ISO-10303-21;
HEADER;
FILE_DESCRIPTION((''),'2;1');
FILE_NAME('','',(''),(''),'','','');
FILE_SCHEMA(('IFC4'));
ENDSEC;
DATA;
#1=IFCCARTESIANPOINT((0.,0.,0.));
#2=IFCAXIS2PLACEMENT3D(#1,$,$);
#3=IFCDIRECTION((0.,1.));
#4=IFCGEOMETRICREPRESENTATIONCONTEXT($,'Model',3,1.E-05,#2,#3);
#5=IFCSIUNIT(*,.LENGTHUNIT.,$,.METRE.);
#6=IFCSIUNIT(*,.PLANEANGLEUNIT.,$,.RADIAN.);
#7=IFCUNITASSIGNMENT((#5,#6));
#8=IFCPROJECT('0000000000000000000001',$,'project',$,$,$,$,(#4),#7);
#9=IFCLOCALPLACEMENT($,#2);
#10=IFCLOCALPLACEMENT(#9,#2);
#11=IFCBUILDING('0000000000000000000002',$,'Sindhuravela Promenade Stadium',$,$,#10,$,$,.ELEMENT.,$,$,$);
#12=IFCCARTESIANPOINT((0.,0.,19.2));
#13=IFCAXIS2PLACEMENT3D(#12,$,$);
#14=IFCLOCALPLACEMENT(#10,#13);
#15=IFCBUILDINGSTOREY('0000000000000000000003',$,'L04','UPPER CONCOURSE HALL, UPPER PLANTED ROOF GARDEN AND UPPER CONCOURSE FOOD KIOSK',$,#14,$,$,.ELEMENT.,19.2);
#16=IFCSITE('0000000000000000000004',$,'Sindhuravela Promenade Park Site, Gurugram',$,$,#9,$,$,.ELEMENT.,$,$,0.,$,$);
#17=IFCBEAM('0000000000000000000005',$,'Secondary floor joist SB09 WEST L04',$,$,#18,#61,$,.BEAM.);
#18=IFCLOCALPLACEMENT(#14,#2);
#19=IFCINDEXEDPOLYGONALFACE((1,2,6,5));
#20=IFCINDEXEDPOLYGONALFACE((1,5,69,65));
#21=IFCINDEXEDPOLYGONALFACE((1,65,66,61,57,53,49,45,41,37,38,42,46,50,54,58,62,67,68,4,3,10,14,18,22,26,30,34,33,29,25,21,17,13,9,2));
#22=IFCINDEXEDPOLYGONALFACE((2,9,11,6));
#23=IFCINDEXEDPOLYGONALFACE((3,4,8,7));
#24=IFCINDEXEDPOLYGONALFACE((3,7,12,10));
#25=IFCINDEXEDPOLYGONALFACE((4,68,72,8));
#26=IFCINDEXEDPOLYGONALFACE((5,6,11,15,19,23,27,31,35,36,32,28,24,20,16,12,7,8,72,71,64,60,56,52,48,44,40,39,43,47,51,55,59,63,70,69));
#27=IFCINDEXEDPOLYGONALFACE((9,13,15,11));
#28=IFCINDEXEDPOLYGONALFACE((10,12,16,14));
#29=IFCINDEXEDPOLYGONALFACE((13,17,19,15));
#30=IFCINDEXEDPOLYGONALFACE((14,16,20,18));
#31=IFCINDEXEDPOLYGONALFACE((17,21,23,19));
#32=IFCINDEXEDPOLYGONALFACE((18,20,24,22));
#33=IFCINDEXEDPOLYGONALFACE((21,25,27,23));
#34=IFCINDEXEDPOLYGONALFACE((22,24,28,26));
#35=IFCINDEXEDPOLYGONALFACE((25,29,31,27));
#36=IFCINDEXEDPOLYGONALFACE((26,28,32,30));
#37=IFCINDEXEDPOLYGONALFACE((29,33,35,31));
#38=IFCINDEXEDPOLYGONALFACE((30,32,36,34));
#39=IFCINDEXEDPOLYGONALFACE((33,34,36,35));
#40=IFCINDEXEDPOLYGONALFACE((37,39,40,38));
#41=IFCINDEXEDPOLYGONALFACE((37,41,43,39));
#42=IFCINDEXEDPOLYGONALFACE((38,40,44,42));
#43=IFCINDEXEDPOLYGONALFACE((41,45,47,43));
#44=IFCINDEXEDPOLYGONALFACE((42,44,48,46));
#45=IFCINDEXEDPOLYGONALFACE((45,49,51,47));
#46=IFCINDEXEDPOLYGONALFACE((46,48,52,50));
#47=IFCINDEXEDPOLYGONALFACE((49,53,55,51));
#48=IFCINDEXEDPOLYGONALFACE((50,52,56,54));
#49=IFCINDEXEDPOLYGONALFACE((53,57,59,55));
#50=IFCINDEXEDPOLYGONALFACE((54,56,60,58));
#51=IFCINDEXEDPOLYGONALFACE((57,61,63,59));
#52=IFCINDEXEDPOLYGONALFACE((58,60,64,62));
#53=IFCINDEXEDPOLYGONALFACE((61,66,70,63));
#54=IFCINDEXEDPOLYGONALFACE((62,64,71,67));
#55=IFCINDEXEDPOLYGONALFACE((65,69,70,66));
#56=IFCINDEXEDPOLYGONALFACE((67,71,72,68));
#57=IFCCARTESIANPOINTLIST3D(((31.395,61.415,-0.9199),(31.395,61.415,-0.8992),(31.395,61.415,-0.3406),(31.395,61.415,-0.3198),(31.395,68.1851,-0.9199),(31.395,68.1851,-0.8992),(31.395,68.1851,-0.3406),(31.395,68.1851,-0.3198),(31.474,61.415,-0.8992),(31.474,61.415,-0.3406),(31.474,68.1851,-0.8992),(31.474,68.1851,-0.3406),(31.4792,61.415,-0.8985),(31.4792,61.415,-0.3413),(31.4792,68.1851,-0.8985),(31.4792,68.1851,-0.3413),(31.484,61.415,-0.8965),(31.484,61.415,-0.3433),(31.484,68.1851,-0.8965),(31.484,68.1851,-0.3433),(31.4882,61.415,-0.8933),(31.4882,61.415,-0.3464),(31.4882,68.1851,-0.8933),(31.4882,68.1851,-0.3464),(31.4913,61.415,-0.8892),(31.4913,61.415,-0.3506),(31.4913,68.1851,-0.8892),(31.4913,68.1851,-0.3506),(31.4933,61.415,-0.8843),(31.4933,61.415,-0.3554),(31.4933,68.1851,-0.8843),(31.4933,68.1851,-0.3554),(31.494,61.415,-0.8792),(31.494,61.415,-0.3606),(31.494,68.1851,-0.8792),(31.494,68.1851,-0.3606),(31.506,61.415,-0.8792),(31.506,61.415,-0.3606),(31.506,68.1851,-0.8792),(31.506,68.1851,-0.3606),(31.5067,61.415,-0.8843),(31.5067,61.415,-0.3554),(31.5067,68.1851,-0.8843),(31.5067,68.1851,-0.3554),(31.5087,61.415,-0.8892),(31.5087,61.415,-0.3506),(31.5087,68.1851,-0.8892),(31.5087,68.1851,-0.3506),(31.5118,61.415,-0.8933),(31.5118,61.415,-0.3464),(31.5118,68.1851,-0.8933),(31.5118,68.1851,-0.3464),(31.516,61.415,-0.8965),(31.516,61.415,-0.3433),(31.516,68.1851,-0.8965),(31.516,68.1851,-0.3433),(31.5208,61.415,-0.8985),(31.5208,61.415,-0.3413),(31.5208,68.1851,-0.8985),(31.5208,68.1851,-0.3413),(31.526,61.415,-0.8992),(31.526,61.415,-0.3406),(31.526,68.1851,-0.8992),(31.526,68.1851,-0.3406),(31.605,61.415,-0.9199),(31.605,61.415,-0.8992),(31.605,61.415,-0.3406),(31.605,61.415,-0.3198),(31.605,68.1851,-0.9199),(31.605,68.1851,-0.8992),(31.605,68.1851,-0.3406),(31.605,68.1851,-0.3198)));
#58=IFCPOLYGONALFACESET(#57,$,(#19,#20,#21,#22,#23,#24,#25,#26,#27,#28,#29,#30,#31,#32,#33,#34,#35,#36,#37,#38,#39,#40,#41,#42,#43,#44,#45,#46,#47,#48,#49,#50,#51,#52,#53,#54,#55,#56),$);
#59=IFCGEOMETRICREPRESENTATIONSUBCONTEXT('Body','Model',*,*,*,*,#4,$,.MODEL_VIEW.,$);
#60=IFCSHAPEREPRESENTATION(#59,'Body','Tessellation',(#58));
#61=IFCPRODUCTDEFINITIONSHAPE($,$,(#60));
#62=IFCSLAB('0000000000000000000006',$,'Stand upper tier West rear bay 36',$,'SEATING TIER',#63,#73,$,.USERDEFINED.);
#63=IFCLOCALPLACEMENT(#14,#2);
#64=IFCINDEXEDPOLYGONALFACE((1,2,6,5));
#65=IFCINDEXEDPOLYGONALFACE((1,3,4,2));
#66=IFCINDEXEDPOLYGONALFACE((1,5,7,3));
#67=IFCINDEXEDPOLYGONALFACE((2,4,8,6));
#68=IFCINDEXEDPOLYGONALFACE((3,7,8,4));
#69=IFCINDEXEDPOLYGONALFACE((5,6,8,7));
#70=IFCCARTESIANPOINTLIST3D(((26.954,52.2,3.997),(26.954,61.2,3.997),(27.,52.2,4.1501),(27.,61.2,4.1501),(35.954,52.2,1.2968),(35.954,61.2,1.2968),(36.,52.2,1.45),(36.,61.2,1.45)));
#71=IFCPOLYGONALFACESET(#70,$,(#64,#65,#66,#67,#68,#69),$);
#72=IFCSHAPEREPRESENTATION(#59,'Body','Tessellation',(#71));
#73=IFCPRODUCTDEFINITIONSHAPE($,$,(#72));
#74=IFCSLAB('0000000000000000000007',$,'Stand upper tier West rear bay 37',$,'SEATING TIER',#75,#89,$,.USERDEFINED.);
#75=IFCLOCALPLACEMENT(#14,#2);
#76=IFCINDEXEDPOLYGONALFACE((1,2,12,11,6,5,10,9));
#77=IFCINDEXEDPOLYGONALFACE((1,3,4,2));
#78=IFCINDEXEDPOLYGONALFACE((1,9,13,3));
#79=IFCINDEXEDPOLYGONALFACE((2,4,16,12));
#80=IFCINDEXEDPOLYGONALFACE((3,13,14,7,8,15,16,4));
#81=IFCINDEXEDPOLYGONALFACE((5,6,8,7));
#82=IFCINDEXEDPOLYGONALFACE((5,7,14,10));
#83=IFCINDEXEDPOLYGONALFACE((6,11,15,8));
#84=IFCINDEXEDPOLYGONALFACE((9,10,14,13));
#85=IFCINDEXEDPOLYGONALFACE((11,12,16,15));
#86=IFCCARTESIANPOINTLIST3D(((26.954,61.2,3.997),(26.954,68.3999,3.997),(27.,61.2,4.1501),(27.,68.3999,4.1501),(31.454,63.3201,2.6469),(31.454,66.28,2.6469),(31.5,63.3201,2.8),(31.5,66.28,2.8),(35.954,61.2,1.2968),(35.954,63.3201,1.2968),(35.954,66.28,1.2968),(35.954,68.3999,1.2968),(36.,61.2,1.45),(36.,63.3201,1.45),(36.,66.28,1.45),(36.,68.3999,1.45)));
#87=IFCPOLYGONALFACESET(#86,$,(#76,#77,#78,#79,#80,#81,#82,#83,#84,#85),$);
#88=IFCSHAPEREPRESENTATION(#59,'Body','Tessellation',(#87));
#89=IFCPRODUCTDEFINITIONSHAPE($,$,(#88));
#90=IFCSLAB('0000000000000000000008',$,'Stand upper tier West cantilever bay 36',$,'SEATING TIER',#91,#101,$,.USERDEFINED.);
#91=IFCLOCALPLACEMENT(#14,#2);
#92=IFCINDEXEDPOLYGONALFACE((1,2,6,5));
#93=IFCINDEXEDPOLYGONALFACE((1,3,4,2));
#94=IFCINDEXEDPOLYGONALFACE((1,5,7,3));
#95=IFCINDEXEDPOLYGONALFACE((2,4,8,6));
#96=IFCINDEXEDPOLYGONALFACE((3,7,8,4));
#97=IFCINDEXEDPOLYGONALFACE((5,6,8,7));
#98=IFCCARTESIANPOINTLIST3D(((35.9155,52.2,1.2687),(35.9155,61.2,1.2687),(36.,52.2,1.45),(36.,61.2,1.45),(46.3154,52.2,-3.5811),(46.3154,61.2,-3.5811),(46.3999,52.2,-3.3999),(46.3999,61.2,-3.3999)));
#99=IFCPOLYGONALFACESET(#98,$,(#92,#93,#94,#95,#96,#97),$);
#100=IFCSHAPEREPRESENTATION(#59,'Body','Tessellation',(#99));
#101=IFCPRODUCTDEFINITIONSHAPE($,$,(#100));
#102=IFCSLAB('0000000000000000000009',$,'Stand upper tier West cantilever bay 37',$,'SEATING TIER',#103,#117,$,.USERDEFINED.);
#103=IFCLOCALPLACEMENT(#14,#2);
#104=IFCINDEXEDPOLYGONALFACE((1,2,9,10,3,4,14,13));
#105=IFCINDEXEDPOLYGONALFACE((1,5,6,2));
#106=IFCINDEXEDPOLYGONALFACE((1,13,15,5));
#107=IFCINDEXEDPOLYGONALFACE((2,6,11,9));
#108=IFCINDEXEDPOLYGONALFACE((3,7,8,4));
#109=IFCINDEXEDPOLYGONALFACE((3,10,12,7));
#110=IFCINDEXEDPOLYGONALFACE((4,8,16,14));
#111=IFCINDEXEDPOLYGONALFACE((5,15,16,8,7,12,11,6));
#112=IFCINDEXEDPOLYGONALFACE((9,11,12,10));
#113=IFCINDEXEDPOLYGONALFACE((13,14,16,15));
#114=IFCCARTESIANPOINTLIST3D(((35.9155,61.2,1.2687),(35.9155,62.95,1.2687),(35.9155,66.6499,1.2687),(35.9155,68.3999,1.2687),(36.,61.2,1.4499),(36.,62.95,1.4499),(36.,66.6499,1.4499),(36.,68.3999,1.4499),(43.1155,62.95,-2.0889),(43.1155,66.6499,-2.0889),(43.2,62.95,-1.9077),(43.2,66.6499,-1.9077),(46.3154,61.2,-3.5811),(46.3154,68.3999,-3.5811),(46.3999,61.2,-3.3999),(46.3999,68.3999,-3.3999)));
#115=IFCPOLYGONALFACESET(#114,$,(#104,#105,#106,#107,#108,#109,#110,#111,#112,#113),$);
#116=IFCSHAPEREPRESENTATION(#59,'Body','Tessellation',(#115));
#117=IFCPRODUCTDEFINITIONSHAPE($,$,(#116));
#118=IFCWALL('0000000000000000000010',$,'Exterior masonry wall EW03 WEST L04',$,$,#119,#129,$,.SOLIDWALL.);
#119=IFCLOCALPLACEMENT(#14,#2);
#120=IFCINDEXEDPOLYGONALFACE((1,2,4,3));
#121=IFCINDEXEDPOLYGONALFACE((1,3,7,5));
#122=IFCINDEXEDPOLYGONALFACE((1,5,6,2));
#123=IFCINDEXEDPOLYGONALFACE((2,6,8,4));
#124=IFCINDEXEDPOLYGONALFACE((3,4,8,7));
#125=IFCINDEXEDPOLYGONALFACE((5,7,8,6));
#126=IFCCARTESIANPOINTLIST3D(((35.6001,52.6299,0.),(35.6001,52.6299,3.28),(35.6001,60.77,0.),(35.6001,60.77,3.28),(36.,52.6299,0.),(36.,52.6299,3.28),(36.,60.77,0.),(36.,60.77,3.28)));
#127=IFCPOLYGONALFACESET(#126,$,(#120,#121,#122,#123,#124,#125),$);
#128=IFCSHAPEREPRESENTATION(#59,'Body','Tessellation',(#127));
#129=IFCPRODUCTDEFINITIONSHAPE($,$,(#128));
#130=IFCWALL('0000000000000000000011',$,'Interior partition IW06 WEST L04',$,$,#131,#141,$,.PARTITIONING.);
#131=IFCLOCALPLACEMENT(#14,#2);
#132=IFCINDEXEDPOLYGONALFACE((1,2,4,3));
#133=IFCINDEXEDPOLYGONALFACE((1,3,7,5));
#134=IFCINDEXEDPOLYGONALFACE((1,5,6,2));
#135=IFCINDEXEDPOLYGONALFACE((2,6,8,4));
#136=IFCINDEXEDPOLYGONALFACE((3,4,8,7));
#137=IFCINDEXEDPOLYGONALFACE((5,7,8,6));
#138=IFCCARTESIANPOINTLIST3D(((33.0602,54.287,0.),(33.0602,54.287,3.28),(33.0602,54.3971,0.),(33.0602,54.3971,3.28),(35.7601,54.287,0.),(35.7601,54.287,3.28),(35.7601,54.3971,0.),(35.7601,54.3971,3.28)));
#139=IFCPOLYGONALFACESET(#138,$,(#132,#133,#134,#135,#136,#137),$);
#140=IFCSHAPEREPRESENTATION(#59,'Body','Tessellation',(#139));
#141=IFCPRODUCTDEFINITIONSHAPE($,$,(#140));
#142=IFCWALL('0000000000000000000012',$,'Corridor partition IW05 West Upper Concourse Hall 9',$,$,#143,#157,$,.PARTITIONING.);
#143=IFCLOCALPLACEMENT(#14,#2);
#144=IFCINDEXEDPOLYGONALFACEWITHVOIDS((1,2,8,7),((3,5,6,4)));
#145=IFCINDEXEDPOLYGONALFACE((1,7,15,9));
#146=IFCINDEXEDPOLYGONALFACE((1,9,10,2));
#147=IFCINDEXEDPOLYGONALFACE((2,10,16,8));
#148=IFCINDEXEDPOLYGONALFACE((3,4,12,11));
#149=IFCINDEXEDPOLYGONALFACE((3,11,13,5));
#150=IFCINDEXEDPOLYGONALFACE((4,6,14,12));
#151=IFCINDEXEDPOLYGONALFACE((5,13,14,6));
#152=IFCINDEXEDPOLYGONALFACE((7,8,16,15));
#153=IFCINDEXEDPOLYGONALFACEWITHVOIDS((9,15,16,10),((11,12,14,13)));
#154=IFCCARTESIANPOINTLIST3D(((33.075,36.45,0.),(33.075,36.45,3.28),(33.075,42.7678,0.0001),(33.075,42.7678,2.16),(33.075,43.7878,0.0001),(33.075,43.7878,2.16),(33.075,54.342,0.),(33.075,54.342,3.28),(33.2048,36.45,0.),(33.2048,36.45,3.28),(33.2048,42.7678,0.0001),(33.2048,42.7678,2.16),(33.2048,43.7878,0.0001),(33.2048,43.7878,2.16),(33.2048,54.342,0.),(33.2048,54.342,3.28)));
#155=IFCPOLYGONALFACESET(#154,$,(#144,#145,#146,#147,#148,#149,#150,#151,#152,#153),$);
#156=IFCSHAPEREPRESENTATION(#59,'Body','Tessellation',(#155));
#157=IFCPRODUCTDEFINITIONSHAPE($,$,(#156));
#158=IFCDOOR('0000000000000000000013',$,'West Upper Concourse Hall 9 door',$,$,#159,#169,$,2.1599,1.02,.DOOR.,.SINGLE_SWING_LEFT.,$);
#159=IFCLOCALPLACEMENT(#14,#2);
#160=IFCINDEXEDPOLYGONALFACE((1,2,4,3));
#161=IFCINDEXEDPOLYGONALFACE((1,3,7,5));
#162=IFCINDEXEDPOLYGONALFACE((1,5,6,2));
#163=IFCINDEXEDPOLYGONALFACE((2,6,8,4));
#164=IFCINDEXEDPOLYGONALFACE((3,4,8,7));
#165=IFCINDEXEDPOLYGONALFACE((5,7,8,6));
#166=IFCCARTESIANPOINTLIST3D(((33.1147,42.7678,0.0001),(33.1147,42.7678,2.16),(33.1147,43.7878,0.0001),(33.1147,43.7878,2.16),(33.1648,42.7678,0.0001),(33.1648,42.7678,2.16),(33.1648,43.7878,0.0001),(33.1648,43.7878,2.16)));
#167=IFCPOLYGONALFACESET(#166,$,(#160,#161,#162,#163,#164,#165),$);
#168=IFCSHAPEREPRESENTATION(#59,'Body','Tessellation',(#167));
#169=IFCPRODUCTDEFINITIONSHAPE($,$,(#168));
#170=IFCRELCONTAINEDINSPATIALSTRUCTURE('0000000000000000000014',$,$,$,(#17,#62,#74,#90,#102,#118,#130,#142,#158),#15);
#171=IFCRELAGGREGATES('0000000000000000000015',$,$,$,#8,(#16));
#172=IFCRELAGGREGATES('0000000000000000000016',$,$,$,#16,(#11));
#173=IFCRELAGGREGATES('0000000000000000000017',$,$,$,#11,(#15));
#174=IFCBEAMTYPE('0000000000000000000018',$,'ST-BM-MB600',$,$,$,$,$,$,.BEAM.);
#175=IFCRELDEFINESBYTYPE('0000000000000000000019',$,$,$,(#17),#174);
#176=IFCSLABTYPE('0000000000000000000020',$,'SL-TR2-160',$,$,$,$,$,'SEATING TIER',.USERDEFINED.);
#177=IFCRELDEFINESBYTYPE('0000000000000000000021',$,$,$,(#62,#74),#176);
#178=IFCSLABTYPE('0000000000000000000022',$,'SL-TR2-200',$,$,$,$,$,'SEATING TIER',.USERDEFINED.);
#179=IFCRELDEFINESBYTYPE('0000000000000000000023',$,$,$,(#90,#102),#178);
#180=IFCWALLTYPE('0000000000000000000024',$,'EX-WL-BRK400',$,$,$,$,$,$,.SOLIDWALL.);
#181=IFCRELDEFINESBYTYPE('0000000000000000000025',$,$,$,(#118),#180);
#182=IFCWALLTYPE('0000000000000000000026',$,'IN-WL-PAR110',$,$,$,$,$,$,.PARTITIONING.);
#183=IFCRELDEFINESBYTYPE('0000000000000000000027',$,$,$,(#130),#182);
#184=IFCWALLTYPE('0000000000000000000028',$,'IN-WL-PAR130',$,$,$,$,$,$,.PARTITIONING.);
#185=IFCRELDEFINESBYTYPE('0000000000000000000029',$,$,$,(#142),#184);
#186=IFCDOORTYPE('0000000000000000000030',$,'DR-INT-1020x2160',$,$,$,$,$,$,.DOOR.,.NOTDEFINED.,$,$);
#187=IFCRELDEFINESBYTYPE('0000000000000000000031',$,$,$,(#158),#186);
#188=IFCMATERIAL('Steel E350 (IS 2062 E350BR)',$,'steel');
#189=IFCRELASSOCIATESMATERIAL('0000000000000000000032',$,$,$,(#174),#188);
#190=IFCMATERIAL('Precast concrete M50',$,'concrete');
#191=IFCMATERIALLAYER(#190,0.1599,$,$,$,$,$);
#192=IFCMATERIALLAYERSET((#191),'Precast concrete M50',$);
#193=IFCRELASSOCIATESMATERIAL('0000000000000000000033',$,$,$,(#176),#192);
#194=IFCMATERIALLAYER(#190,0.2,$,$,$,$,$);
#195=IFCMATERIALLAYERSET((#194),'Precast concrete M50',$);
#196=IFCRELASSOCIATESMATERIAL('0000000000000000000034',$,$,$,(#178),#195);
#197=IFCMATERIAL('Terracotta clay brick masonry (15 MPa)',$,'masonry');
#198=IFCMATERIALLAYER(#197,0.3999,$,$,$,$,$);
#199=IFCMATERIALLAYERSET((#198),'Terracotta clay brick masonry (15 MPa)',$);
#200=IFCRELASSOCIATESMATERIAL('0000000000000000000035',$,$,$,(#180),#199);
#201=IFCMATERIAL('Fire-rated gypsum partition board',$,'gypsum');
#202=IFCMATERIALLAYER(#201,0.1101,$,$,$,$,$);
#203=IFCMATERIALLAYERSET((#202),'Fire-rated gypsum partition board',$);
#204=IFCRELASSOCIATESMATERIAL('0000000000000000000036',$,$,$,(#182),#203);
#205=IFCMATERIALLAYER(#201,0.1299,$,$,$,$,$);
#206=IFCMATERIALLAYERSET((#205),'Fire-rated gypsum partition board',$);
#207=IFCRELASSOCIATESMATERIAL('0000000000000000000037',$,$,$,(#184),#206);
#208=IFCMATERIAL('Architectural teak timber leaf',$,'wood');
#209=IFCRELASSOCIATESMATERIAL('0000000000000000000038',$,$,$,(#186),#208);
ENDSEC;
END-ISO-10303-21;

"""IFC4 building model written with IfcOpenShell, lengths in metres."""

from ifc_helpers import new_model, si_unit, direction, frame, frame_2d, origin, origin_2d, place, context, subcontext, project, spatial, polyline, rectangle, i_section, outline, extrude, material, layer, layer_set, material_profile, profile_set, type_object, element, fill, save


model = new_model("IFC4")

# Units and contexts
model_context = context("Model", 3, precision=1e-05, world=origin(), true_north=direction((0.0, 1.0)))
body_context = subcontext(model_context, "Body", "Model", "MODEL_VIEW")
ifc_project = project(units=[si_unit("LENGTHUNIT", "METRE"), si_unit("PLANEANGLEUNIT", "RADIAN")], contexts=[model_context])

# Site, building, storey
site_placement = place(None, origin())
site = spatial("IfcSite", under=ifc_project, at=site_placement, Name="Sindhuravela Promenade Park Site, Gurugram", CompositionType="ELEMENT", RefElevation=0.0)
building_placement = place(site_placement, origin())
building = spatial("IfcBuilding", under=site, at=building_placement, Name="Sindhuravela Promenade Stadium", CompositionType="ELEMENT")
storey_placement = place(building_placement, frame((0.0, 0.0, 19.2)))
storey = spatial("IfcBuildingStorey", under=building, at=storey_placement, Name="L04", Description="UPPER CONCOURSE HALL, UPPER PLANTED ROOF GARDEN AND UPPER CONCOURSE FOOD KIOSK", CompositionType="ELEMENT", Elevation=19.2)

# Beam
ifc_material_1 = material(Name="Steel E350 (IS 2062 E350BR)", Category="steel")
ifc_material_profile_1 = material_profile(ifc_material_1, i_section(OverallWidth=0.21, OverallDepth=0.6001, WebThickness=0.012, FlangeThickness=0.0208, FilletRadius=0.02, at=origin_2d()), Name="ISMB 600")
ifc_profile_set_1 = profile_set([ifc_material_profile_1], Name="Steel E350 (IS 2062 E350BR)")
beam_type_1 = type_object("IfcBeamType", Name="ST-BM-MB600", PredefinedType="BEAM", material=ifc_profile_set_1)
beam_1_placement = place(storey_placement, frame((31.5, 61.415, -0.6199), z_axis=(0.0, 1.0, 0.0), x_axis=(-1.0, 0.0, 0.0)))
element("IfcBeam", 1, at=beam_1_placement, inside=storey, type_object=beam_type_1, Name="Secondary floor joist SB09 WEST L04", PredefinedType="BEAM", context=body_context, shape_type="SweptSolid", body=[
    extrude(i_section(OverallWidth=0.21, OverallDepth=0.6001, WebThickness=0.012, FlangeThickness=0.0208, FilletRadius=0.02, at=origin_2d()), origin(), (0.0, 0.0, 1.0), 6.77),
])

# Slabs
ifc_material_2 = material(Name="Precast concrete M50", Category="concrete")
ifc_layer_1 = layer(ifc_material_2, 0.1599)
ifc_layer_set_1 = layer_set([ifc_layer_1], Name="Precast concrete M50")
slab_type_1 = type_object("IfcSlabType", Name="SL-TR2-160", ElementType="SEATING TIER", PredefinedType="USERDEFINED", material=ifc_layer_set_1)
slab_1_placement = place(storey_placement, frame((36.0, 52.2, 1.45), z_axis=(0.287367, 0.0, 0.957821), x_axis=(0.0, 1.0, 0.0)))
element("IfcSlab", 2, at=slab_1_placement, inside=storey, type_object=slab_type_1, Name="Stand upper tier West rear bay 36", ObjectType="SEATING TIER", PredefinedType="USERDEFINED", context=body_context, shape_type="SweptSolid", body=[
    extrude(outline(polyline([(0.0, 0.0), (9.0, 0.0), (9.0, 9.3963), (0.0, 9.3963), (0.0, 0.0)])), origin(), (0.0, 0.0, -1.0), 0.1599),
])
slab_2_placement = place(storey_placement, frame((36.0, 61.2, 1.45), z_axis=(0.287367, 0.0, 0.957821), x_axis=(0.0, 1.0, 0.0)))
element("IfcSlab", 3, at=slab_2_placement, inside=storey, type_object=slab_type_1, Name="Stand upper tier West rear bay 37", ObjectType="SEATING TIER", PredefinedType="USERDEFINED", context=body_context, shape_type="SweptSolid", body=[
    extrude(outline(polyline([(0.0, 0.0), (2.1201, 0.0), (2.1201, 4.6982), (5.0801, 4.6982), (5.0801, 0.0), (7.2, 0.0), (7.2, 9.3963), (0.0, 9.3963), (0.0, 0.0)])), origin(), (0.0, 0.0, -1.0), 0.1599),
])
ifc_layer_2 = layer(ifc_material_2, 0.2)
ifc_layer_set_2 = layer_set([ifc_layer_2], Name="Precast concrete M50")
slab_type_2 = type_object("IfcSlabType", Name="SL-TR2-200", ElementType="SEATING TIER", PredefinedType="USERDEFINED", material=ifc_layer_set_2)
slab_3_placement = place(storey_placement, frame((46.3999, 52.2, -3.3999), z_axis=(0.42264, 0.0, 0.906298), x_axis=(0.0, 1.0, 0.0)))
element("IfcSlab", 4, at=slab_3_placement, inside=storey, type_object=slab_type_2, Name="Stand upper tier West cantilever bay 36", ObjectType="SEATING TIER", PredefinedType="USERDEFINED", context=body_context, shape_type="SweptSolid", body=[
    extrude(outline(polyline([(0.0, 0.0), (9.0, 0.0), (9.0, 11.4751), (0.0, 11.4751), (0.0, 0.0)])), origin(), (0.0, 0.0, -1.0), 0.2),
])
slab_4_placement = place(storey_placement, frame((46.3999, 61.2, -3.3999), z_axis=(0.422636, 0.0, 0.9063), x_axis=(0.0, 1.0, 0.0)))
element("IfcSlab", 5, at=slab_4_placement, inside=storey, type_object=slab_type_2, Name="Stand upper tier West cantilever bay 37", ObjectType="SEATING TIER", PredefinedType="USERDEFINED", context=body_context, shape_type="SweptSolid", body=[
    extrude(outline(polyline([(0.0, 0.0), (7.2, 0.0), (7.2, 11.4751), (5.45, 11.4751), (5.45, 3.5308), (1.75, 3.5308), (1.75, 11.4751), (0.0, 11.4751), (0.0, 0.0)])), origin(), (0.0, 0.0, -1.0), 0.2),
])

# Walls
ifc_material_3 = material(Name="Terracotta clay brick masonry (15 MPa)", Category="masonry")
ifc_layer_3 = layer(ifc_material_3, 0.3999)
ifc_layer_set_3 = layer_set([ifc_layer_3], Name="Terracotta clay brick masonry (15 MPa)")
wall_type_1 = type_object("IfcWallType", Name="EX-WL-BRK400", PredefinedType="SOLIDWALL", material=ifc_layer_set_3)
wall_1_placement = place(storey_placement, frame((35.8, 60.77, 0.0), z_axis=(0.0, 0.0, 1.0), x_axis=(0.0, -1.0, 0.0)))
element("IfcWall", 6, at=wall_1_placement, inside=storey, type_object=wall_type_1, Name="Exterior masonry wall EW03 WEST L04", PredefinedType="SOLIDWALL", context=body_context, shape_type="SweptSolid", body=[
    extrude(rectangle(XDim=8.1401, YDim=0.3999, at=frame_2d((4.0701, 0.0))), origin(), (0.0, 0.0, 1.0), 3.28),
])
ifc_material_4 = material(Name="Fire-rated gypsum partition board", Category="gypsum")
ifc_layer_4 = layer(ifc_material_4, 0.1101)
ifc_layer_set_4 = layer_set([ifc_layer_4], Name="Fire-rated gypsum partition board")
wall_type_2 = type_object("IfcWallType", Name="IN-WL-PAR110", PredefinedType="PARTITIONING", material=ifc_layer_set_4)
wall_2_placement = place(storey_placement, frame((33.0601, 54.342, 0.0), z_axis=(0.0, 0.0, 1.0), x_axis=(1.0, 0.0, 0.0)))
element("IfcWall", 7, at=wall_2_placement, inside=storey, type_object=wall_type_2, Name="Interior partition IW06 WEST L04", PredefinedType="PARTITIONING", context=body_context, shape_type="SweptSolid", body=[
    extrude(rectangle(XDim=2.7, YDim=0.1101, at=frame_2d((1.3501, 0.0))), origin(), (0.0, 0.0, 1.0), 3.28),
])

# Wall, opening, door
ifc_layer_5 = layer(ifc_material_4, 0.1299)
ifc_layer_set_5 = layer_set([ifc_layer_5], Name="Fire-rated gypsum partition board")
wall_type_3 = type_object("IfcWallType", Name="IN-WL-PAR130", PredefinedType="PARTITIONING", material=ifc_layer_set_5)
wall_3_placement = place(storey_placement, frame((33.1399, 54.342, 0.0), z_axis=(0.0, 0.0, 1.0), x_axis=(0.0, -1.0, 0.0)))
wall_3 = element("IfcWall", 8, at=wall_3_placement, inside=storey, type_object=wall_type_3, Name="Corridor partition IW05 West Upper Concourse Hall 9", PredefinedType="PARTITIONING", context=body_context, shape_type="SweptSolid", body=[
    extrude(rectangle(XDim=17.8921, YDim=0.1299, at=frame_2d((8.946, 0.0))), origin(), (0.0, 0.0, 1.0), 3.28),
])
opening_1_placement = place(wall_3_placement, frame((10.5542, 0.0, 0.0)))
opening_1 = element("IfcOpeningElement", 9, at=opening_1_placement, cuts=wall_3, PredefinedType="OPENING", context=body_context, shape_type="SweptSolid", body=[
    extrude(rectangle(XDim=1.02, YDim=2.1599, at=frame_2d((0.51, 1.0801))), frame((0.0, 0.075, 0.0), z_axis=(0.0, -1.0, 0.0), x_axis=(1.0, 0.0, 0.0)), (0.0, 0.0, 1.0), 0.1499),
])
ifc_material_5 = material(Name="Architectural teak timber leaf", Category="wood")
door_type_1 = type_object("IfcDoorType", Name="DR-INT-1020x2160", OperationType="NOTDEFINED", PredefinedType="DOOR", material=ifc_material_5)
door_1_placement = place(opening_1_placement, origin())
door_1 = element("IfcDoor", 10, at=door_1_placement, inside=storey, type_object=door_type_1, Name="West Upper Concourse Hall 9 door", OperationType="SINGLE_SWING_LEFT", OverallHeight=2.1599, OverallWidth=1.02, PredefinedType="DOOR", context=body_context, shape_type="SweptSolid", body=[
    extrude(rectangle(XDim=1.02, YDim=2.1599, at=frame_2d((0.51, 1.0801))), frame((0.0, 0.0249, 0.0), z_axis=(0.0, -1.0, 0.0), x_axis=(1.0, 0.0, 0.0)), (0.0, 0.0, 1.0), 0.05),
])
fill(opening_1, door_1)

save(model, "model.ifc")
